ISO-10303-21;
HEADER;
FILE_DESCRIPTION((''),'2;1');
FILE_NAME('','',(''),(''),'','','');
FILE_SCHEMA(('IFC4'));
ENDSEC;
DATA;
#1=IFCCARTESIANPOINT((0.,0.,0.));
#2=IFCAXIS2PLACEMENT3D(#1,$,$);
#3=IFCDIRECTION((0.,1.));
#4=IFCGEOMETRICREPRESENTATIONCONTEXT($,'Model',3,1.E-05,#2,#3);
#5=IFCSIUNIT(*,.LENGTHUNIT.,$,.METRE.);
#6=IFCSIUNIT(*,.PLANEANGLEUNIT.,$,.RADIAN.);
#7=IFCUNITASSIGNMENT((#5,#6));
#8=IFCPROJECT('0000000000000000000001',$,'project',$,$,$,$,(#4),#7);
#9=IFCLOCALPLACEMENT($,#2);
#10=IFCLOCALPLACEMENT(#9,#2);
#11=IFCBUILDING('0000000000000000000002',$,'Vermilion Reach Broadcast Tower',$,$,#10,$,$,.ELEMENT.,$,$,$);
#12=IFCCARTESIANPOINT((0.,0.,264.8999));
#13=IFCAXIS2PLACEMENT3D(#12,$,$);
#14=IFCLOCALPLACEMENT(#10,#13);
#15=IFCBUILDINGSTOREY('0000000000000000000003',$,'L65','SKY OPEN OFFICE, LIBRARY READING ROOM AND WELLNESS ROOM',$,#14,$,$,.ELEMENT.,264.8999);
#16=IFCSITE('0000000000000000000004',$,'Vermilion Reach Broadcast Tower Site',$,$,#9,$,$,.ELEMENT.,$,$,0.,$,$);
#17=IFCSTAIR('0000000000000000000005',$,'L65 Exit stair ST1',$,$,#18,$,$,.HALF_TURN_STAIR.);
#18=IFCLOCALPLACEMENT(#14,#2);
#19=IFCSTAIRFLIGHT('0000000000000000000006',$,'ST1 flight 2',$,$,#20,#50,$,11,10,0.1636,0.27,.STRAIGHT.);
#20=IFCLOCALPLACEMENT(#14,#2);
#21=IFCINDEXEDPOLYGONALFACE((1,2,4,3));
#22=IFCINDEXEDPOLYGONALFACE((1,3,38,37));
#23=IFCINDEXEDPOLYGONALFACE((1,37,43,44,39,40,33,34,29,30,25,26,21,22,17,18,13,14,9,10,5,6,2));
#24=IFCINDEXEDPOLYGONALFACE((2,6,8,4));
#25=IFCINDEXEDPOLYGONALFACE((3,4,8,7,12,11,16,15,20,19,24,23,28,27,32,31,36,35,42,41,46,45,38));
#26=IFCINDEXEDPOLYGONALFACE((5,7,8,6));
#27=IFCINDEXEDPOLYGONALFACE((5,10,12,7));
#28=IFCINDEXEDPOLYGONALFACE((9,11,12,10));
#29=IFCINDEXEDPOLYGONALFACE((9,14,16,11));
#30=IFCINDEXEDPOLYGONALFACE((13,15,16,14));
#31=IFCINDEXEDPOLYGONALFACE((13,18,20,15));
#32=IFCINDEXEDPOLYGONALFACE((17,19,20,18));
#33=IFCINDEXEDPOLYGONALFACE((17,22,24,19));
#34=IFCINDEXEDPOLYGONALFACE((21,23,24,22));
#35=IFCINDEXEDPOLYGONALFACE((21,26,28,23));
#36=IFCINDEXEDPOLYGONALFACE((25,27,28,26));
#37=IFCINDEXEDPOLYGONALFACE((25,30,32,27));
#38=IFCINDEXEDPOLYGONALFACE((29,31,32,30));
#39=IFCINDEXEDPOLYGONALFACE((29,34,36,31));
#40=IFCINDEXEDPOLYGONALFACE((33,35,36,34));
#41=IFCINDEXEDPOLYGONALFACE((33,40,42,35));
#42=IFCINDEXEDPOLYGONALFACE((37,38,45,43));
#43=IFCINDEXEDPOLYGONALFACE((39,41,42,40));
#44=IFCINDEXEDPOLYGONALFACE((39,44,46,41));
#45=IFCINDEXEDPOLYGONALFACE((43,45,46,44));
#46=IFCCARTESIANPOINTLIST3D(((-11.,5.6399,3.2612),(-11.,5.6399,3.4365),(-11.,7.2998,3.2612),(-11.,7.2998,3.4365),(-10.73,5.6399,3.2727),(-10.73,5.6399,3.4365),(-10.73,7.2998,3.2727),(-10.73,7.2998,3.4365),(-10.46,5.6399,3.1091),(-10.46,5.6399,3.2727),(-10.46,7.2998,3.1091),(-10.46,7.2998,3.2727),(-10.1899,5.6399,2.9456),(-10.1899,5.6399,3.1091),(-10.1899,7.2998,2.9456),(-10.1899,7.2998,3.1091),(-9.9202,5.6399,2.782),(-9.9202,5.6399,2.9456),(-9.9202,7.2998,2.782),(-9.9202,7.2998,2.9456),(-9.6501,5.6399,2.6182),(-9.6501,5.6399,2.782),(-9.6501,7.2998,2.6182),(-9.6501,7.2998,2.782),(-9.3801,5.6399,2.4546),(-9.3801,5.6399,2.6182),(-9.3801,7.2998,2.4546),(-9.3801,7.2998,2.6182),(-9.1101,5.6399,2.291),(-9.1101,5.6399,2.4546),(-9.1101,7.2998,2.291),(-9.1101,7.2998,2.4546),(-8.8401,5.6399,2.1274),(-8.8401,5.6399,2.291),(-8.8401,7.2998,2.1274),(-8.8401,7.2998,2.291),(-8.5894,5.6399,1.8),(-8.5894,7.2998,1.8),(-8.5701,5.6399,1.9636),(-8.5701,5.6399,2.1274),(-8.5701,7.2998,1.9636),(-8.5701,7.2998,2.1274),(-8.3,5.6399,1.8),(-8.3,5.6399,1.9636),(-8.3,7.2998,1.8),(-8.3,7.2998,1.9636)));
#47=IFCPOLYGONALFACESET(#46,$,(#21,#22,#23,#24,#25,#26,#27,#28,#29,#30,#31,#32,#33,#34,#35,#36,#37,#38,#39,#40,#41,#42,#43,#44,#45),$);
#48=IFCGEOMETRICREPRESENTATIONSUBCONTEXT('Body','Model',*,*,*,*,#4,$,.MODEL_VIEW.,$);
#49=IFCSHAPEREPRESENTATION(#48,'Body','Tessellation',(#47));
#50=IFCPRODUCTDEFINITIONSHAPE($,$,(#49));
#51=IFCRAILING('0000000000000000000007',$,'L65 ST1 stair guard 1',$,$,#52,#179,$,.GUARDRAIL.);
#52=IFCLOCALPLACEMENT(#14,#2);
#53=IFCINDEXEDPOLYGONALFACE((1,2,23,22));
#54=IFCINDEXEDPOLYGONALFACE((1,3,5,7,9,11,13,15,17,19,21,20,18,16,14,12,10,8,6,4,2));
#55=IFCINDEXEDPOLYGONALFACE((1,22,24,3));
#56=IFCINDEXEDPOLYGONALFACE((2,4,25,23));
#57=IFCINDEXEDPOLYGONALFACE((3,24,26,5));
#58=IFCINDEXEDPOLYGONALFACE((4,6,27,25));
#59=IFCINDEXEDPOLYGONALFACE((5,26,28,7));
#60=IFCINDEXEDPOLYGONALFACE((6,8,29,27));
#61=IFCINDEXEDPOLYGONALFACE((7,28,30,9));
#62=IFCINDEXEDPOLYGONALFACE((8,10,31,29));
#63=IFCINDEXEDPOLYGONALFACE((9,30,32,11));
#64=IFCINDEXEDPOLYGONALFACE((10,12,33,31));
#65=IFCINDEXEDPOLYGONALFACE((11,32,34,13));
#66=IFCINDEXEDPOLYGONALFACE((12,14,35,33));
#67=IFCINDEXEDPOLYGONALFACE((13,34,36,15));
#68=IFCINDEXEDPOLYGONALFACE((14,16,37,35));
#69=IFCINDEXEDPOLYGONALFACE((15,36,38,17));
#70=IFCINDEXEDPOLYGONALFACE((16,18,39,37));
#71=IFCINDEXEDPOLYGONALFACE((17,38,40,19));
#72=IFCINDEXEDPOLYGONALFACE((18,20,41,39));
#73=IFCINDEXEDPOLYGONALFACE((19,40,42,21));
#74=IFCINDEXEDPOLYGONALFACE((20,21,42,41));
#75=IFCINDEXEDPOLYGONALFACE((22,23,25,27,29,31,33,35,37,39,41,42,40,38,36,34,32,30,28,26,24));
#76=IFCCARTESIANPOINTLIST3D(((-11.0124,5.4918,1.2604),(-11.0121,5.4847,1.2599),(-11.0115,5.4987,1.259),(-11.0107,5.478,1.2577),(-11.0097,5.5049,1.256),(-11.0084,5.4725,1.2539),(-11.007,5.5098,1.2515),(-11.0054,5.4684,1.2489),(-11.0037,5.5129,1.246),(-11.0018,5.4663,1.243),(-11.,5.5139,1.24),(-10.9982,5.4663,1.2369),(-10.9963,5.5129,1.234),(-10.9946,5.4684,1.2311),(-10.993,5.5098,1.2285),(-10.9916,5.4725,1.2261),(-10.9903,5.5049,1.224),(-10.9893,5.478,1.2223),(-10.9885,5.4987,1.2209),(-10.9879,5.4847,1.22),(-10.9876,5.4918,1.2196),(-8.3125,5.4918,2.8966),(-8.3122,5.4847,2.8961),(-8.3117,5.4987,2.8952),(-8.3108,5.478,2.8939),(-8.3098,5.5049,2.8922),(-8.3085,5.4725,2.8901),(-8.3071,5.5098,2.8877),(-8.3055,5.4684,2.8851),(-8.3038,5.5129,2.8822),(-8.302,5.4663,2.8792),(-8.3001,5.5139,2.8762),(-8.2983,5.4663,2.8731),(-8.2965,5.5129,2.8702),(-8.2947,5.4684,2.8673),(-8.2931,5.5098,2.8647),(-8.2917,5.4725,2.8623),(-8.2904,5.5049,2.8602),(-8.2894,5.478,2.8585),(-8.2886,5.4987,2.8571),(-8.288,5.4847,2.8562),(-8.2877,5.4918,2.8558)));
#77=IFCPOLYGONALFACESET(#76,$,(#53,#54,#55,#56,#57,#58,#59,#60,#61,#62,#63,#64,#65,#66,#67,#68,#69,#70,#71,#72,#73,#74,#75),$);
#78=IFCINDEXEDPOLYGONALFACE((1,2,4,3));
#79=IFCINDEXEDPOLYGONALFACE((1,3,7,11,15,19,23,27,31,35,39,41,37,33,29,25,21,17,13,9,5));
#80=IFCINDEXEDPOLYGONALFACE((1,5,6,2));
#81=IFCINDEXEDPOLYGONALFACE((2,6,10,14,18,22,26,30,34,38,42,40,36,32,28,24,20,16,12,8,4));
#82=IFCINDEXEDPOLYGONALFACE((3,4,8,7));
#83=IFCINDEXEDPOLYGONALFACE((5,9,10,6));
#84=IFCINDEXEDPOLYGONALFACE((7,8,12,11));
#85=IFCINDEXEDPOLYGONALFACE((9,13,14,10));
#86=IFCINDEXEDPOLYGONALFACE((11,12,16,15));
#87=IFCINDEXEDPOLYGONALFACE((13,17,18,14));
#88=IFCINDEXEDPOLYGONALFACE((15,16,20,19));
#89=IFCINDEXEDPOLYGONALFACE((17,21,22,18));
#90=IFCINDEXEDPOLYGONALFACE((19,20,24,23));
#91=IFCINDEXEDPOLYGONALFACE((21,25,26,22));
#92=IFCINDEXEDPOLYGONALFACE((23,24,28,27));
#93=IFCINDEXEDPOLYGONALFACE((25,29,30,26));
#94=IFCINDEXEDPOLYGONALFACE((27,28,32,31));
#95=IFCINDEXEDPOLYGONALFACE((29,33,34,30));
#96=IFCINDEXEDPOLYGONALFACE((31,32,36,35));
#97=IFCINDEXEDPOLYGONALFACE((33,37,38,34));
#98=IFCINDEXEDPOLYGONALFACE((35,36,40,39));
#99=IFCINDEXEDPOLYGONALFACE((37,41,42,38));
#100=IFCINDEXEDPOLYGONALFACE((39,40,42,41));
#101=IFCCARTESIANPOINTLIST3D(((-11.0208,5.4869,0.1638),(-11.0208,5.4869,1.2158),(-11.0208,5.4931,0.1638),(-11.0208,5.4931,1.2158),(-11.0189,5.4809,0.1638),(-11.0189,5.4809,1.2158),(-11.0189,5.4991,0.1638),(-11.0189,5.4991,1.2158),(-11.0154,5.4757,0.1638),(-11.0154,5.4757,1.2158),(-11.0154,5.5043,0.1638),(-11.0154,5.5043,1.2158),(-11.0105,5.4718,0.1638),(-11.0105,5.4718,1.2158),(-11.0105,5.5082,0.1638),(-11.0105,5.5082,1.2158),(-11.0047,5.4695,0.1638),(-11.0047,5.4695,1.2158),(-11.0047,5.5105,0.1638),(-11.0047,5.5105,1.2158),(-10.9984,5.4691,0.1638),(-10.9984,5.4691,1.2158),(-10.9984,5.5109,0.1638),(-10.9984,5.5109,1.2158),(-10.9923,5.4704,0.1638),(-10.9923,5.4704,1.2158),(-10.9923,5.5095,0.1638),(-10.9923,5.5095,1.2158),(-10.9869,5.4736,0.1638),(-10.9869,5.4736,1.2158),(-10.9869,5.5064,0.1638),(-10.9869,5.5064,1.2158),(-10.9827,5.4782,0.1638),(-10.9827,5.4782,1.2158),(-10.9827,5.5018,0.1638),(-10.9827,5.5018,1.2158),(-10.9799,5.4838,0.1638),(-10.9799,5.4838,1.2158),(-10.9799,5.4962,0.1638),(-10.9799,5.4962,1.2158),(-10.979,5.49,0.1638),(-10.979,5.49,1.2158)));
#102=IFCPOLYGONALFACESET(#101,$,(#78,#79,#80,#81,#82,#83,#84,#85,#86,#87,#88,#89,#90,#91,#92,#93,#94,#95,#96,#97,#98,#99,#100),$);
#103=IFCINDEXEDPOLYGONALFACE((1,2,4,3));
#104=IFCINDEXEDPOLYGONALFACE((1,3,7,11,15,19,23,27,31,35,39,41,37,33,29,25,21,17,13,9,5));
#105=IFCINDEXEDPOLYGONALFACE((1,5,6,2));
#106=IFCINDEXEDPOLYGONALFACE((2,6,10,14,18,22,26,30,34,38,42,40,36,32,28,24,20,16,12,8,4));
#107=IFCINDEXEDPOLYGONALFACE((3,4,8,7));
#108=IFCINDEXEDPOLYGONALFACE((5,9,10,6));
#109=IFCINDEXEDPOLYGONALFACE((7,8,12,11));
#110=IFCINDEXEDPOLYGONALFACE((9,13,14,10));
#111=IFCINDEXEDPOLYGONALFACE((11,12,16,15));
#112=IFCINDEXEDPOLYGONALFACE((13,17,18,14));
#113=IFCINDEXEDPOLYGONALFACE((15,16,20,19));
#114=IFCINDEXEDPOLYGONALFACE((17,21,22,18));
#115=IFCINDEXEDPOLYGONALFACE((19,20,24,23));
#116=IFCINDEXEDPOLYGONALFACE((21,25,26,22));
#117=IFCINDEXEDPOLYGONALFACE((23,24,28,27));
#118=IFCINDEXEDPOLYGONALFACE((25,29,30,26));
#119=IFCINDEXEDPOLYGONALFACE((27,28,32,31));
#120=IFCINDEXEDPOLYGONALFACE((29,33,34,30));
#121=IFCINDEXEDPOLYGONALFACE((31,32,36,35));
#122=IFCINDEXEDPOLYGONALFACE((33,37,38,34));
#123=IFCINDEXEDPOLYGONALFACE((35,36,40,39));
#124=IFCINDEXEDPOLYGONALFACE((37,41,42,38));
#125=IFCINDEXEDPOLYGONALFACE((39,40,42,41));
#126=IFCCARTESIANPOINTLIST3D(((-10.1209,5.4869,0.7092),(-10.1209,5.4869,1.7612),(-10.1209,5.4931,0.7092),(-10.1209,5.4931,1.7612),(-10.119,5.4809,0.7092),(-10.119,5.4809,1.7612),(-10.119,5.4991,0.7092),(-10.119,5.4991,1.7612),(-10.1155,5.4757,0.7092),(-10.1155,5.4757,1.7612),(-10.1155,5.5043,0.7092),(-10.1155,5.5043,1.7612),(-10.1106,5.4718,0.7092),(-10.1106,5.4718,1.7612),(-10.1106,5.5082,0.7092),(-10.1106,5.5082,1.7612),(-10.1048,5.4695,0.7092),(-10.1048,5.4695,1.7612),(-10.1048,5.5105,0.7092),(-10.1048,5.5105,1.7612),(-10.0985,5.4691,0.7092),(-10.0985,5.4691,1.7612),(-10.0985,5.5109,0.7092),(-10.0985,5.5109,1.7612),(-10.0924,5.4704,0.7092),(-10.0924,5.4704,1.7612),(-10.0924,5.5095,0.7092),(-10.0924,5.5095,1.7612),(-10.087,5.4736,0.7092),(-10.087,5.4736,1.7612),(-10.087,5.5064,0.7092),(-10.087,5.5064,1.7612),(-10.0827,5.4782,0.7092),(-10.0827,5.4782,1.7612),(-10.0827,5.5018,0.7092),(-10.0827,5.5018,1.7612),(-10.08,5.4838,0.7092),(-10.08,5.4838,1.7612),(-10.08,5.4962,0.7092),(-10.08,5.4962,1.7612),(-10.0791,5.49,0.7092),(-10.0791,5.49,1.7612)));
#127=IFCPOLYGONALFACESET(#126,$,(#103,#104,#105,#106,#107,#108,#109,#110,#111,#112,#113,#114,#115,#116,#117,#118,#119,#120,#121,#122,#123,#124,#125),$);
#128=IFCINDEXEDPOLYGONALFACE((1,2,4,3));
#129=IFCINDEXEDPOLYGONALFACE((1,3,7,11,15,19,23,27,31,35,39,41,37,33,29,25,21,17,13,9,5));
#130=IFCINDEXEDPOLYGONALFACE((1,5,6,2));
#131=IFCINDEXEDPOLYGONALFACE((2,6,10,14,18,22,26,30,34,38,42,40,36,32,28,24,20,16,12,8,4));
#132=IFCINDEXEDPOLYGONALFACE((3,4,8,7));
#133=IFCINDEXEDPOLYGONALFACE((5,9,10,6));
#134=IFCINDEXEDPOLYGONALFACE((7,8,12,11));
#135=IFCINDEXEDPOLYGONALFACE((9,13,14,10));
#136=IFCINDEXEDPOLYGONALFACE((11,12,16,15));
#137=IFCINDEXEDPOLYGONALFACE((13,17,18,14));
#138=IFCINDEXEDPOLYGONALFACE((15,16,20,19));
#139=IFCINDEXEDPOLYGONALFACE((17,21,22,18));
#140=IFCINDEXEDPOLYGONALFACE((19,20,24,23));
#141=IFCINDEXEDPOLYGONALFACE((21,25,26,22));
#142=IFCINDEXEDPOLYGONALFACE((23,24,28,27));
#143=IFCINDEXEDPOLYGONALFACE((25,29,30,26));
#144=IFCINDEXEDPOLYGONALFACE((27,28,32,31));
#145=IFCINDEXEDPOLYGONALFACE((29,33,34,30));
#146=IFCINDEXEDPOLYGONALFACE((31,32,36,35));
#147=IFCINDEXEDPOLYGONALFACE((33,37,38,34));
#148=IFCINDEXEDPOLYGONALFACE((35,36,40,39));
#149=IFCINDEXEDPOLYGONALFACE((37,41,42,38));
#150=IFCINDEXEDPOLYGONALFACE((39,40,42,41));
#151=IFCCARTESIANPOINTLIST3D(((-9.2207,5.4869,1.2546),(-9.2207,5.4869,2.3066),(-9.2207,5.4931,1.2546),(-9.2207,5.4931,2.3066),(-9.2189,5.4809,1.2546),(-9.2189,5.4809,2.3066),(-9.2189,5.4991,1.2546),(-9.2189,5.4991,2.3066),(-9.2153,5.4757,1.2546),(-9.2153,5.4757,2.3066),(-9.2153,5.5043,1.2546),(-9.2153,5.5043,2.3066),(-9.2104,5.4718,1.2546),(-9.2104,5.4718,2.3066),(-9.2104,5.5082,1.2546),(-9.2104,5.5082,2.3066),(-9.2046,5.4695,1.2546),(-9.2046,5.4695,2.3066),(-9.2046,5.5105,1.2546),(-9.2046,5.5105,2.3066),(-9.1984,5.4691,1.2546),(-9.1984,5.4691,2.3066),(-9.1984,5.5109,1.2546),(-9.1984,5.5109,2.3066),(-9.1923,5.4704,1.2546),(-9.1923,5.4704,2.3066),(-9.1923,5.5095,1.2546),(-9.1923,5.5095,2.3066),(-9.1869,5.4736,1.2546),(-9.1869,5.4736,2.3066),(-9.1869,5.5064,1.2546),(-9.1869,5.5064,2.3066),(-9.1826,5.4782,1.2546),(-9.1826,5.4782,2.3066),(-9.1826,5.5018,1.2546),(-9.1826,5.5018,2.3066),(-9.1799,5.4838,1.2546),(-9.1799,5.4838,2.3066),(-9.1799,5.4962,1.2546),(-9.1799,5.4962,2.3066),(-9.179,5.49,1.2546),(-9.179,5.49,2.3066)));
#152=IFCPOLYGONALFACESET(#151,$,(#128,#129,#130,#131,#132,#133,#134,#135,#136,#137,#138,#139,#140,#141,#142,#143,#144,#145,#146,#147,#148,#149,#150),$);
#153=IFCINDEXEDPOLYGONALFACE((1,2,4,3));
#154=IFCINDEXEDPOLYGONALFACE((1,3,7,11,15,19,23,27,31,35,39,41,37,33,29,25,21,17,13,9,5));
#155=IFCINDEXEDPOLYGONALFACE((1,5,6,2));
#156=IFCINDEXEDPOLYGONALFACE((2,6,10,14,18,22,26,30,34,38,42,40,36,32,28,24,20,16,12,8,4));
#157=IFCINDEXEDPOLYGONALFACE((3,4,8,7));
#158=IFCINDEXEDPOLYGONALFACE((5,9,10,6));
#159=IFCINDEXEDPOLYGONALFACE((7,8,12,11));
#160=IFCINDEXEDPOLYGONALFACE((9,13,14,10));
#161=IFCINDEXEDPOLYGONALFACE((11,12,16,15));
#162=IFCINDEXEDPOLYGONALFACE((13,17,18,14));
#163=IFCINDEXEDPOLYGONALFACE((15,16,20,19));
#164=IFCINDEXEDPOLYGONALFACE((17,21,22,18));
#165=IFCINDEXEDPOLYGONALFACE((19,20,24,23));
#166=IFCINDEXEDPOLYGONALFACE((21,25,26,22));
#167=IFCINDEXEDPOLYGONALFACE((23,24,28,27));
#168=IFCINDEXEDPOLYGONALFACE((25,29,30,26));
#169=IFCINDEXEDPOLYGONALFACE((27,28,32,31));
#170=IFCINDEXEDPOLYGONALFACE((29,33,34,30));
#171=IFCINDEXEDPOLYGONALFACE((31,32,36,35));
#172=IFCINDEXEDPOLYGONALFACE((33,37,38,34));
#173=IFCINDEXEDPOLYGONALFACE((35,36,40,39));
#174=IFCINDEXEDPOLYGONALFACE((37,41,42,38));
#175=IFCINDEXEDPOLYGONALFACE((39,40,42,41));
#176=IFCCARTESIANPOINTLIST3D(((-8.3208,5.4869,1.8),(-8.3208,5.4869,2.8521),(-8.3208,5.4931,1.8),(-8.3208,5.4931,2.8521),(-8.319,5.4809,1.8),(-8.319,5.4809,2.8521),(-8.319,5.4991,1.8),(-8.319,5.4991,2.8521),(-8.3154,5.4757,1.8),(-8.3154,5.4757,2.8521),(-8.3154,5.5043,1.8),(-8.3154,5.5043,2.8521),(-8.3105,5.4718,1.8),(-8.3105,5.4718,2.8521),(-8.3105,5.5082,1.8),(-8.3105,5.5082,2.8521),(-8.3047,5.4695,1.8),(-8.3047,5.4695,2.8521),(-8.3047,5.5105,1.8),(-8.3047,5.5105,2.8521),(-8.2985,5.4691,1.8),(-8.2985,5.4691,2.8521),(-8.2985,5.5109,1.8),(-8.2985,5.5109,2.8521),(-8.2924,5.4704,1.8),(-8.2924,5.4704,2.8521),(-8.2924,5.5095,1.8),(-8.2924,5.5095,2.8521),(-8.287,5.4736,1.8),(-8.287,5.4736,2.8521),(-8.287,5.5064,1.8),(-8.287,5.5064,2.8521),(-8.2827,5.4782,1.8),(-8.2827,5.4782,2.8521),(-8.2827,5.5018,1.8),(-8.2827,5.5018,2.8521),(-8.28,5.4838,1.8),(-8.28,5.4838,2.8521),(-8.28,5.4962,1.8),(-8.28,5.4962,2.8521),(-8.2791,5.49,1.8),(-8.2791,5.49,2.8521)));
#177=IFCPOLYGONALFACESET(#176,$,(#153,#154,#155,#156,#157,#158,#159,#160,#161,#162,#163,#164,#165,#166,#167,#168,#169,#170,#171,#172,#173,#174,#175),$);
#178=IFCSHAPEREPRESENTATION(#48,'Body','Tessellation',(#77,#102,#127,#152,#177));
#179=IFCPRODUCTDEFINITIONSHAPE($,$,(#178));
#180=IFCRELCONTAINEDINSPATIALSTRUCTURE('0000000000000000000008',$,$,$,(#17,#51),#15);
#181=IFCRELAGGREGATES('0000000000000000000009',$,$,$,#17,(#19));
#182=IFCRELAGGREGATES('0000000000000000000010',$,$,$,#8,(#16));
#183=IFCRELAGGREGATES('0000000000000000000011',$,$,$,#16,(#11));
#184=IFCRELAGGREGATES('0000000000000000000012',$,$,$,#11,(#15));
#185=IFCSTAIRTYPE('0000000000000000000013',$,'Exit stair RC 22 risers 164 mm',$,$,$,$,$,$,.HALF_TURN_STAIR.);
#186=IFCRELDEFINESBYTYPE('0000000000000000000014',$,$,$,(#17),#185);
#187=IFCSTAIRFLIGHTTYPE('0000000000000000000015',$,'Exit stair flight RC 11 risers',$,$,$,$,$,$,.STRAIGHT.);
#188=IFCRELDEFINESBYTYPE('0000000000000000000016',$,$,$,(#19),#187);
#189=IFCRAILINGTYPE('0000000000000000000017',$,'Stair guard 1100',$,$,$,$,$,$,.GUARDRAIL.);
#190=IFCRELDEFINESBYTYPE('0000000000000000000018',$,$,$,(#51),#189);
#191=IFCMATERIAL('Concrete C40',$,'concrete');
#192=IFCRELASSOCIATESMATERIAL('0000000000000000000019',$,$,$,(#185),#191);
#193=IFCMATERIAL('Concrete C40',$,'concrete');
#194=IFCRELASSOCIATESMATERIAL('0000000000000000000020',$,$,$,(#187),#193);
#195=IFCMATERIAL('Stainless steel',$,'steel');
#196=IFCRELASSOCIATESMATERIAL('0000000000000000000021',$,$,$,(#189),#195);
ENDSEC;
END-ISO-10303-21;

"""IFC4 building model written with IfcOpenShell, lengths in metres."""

from ifc_helpers import new_model, si_unit, direction, frame, origin, origin_2d, place, context, subcontext, project, spatial, polyline, circle, outline, extrude, material, type_object, element, aggregate, save


model = new_model("IFC4")

# Units and contexts
model_context = context("Model", 3, precision=1e-05, world=origin(), true_north=direction((0.0, 1.0)))
body_context = subcontext(model_context, "Body", "Model", "MODEL_VIEW")
ifc_project = project(units=[si_unit("LENGTHUNIT", "METRE"), si_unit("PLANEANGLEUNIT", "RADIAN")], contexts=[model_context])

# Site, building, storey
site_placement = place(None, origin())
site = spatial("IfcSite", under=ifc_project, at=site_placement, Name="Vermilion Reach Broadcast Tower Site", CompositionType="ELEMENT", RefElevation=0.0)
building_placement = place(site_placement, origin())
building = spatial("IfcBuilding", under=site, at=building_placement, Name="Vermilion Reach Broadcast Tower", CompositionType="ELEMENT")
storey_placement = place(building_placement, frame((0.0, 0.0, 264.8999)))
storey = spatial("IfcBuildingStorey", under=building, at=storey_placement, Name="L65", Description="SKY OPEN OFFICE, LIBRARY READING ROOM AND WELLNESS ROOM", CompositionType="ELEMENT", Elevation=264.8999)

# Stair, stair flight
ifc_material_1 = material(Name="Concrete C40", Category="concrete")
stair_type = type_object("IfcStairType", Name="Exit stair RC 22 risers 164 mm", PredefinedType="HALF_TURN_STAIR", material=ifc_material_1)
stair_placement = place(storey_placement, origin())
stair = element("IfcStair", 1, at=stair_placement, inside=storey, type_object=stair_type, Name="L65 Exit stair ST1", PredefinedType="HALF_TURN_STAIR")
ifc_material_2 = material(Name="Concrete C40", Category="concrete")
stair_flight_type = type_object("IfcStairFlightType", Name="Exit stair flight RC 11 risers", PredefinedType="STRAIGHT", material=ifc_material_2)
stair_flight_1_placement = place(storey_placement, frame((-8.3, 6.47, 1.8), z_axis=(0.0, 0.0, 1.0), x_axis=(-1.0, 0.0, 0.0)))
stair_flight_1 = element("IfcStairFlight", 2, at=stair_flight_1_placement, type_object=stair_flight_type, Name="ST1 flight 2", NumberOfRisers=11, NumberOfTreads=10, PredefinedType="STRAIGHT", RiserHeight=0.1636, TreadLength=0.27, context=body_context, shape_type="SweptSolid", body=[
    extrude(outline(polyline([(0.0, 0.0), (0.0, 0.1636), (0.27, 0.1636), (0.27, 0.3274), (0.54, 0.3274), (0.54, 0.491), (0.8101, 0.491), (0.8101, 0.6545), (1.0801, 0.6545), (1.0801, 0.8181), (1.3501, 0.8181), (1.3501, 0.9819), (1.6201, 0.9819), (1.6201, 1.1455), (1.8899, 1.1455), (1.8899, 1.3091), (2.1599, 1.3091), (2.1599, 1.4727), (2.4299, 1.4727), (2.4299, 1.6365), (2.7, 1.6365), (2.7, 1.8), (2.7, 1.4612), (0.2893, 0.0), (0.0, 0.0)])), frame((0.0, 0.8301, 0.0), z_axis=(0.0, -1.0, 0.0), x_axis=(1.0, 0.0, 0.0)), (0.0, 0.0, 1.0), 1.6599),
])
aggregate(stair, [stair_flight_1])

# Railing
ifc_material_3 = material(Name="Stainless steel", Category="steel")
railing_type_1 = type_object("IfcRailingType", Name="Stair guard 1100", PredefinedType="GUARDRAIL", material=ifc_material_3)
railing_1_placement = place(storey_placement, frame((-11.0, 5.49, 0.1638)))
element("IfcRailing", 3, at=railing_1_placement, inside=storey, type_object=railing_type_1, Name="L65 ST1 stair guard 1", PredefinedType="GUARDRAIL", context=body_context, shape_type="SweptSolid", body=[
    extrude(circle(Radius=0.0239, at=origin_2d()), frame((0.0, 0.0, 1.0762), z_axis=(0.855212, 0.0, 0.518278), x_axis=(0.0, 1.0, 0.0)), (0.0, 0.0, 1.0), 3.157),
    extrude(circle(Radius=0.021, at=origin_2d()), origin(), (0.0, 0.0, 1.0), 1.052),
    extrude(circle(Radius=0.021, at=origin_2d()), frame((0.8999, 0.0, 0.5454)), (0.0, 0.0, 1.0), 1.052),
    extrude(circle(Radius=0.021, at=origin_2d()), frame((1.8, 0.0, 1.0908)), (0.0, 0.0, 1.0), 1.052),
    extrude(circle(Radius=0.021, at=origin_2d()), frame((2.7, 0.0, 1.6362)), (0.0, 0.0, 1.0), 1.052),
])

save(model, "model.ifc")
